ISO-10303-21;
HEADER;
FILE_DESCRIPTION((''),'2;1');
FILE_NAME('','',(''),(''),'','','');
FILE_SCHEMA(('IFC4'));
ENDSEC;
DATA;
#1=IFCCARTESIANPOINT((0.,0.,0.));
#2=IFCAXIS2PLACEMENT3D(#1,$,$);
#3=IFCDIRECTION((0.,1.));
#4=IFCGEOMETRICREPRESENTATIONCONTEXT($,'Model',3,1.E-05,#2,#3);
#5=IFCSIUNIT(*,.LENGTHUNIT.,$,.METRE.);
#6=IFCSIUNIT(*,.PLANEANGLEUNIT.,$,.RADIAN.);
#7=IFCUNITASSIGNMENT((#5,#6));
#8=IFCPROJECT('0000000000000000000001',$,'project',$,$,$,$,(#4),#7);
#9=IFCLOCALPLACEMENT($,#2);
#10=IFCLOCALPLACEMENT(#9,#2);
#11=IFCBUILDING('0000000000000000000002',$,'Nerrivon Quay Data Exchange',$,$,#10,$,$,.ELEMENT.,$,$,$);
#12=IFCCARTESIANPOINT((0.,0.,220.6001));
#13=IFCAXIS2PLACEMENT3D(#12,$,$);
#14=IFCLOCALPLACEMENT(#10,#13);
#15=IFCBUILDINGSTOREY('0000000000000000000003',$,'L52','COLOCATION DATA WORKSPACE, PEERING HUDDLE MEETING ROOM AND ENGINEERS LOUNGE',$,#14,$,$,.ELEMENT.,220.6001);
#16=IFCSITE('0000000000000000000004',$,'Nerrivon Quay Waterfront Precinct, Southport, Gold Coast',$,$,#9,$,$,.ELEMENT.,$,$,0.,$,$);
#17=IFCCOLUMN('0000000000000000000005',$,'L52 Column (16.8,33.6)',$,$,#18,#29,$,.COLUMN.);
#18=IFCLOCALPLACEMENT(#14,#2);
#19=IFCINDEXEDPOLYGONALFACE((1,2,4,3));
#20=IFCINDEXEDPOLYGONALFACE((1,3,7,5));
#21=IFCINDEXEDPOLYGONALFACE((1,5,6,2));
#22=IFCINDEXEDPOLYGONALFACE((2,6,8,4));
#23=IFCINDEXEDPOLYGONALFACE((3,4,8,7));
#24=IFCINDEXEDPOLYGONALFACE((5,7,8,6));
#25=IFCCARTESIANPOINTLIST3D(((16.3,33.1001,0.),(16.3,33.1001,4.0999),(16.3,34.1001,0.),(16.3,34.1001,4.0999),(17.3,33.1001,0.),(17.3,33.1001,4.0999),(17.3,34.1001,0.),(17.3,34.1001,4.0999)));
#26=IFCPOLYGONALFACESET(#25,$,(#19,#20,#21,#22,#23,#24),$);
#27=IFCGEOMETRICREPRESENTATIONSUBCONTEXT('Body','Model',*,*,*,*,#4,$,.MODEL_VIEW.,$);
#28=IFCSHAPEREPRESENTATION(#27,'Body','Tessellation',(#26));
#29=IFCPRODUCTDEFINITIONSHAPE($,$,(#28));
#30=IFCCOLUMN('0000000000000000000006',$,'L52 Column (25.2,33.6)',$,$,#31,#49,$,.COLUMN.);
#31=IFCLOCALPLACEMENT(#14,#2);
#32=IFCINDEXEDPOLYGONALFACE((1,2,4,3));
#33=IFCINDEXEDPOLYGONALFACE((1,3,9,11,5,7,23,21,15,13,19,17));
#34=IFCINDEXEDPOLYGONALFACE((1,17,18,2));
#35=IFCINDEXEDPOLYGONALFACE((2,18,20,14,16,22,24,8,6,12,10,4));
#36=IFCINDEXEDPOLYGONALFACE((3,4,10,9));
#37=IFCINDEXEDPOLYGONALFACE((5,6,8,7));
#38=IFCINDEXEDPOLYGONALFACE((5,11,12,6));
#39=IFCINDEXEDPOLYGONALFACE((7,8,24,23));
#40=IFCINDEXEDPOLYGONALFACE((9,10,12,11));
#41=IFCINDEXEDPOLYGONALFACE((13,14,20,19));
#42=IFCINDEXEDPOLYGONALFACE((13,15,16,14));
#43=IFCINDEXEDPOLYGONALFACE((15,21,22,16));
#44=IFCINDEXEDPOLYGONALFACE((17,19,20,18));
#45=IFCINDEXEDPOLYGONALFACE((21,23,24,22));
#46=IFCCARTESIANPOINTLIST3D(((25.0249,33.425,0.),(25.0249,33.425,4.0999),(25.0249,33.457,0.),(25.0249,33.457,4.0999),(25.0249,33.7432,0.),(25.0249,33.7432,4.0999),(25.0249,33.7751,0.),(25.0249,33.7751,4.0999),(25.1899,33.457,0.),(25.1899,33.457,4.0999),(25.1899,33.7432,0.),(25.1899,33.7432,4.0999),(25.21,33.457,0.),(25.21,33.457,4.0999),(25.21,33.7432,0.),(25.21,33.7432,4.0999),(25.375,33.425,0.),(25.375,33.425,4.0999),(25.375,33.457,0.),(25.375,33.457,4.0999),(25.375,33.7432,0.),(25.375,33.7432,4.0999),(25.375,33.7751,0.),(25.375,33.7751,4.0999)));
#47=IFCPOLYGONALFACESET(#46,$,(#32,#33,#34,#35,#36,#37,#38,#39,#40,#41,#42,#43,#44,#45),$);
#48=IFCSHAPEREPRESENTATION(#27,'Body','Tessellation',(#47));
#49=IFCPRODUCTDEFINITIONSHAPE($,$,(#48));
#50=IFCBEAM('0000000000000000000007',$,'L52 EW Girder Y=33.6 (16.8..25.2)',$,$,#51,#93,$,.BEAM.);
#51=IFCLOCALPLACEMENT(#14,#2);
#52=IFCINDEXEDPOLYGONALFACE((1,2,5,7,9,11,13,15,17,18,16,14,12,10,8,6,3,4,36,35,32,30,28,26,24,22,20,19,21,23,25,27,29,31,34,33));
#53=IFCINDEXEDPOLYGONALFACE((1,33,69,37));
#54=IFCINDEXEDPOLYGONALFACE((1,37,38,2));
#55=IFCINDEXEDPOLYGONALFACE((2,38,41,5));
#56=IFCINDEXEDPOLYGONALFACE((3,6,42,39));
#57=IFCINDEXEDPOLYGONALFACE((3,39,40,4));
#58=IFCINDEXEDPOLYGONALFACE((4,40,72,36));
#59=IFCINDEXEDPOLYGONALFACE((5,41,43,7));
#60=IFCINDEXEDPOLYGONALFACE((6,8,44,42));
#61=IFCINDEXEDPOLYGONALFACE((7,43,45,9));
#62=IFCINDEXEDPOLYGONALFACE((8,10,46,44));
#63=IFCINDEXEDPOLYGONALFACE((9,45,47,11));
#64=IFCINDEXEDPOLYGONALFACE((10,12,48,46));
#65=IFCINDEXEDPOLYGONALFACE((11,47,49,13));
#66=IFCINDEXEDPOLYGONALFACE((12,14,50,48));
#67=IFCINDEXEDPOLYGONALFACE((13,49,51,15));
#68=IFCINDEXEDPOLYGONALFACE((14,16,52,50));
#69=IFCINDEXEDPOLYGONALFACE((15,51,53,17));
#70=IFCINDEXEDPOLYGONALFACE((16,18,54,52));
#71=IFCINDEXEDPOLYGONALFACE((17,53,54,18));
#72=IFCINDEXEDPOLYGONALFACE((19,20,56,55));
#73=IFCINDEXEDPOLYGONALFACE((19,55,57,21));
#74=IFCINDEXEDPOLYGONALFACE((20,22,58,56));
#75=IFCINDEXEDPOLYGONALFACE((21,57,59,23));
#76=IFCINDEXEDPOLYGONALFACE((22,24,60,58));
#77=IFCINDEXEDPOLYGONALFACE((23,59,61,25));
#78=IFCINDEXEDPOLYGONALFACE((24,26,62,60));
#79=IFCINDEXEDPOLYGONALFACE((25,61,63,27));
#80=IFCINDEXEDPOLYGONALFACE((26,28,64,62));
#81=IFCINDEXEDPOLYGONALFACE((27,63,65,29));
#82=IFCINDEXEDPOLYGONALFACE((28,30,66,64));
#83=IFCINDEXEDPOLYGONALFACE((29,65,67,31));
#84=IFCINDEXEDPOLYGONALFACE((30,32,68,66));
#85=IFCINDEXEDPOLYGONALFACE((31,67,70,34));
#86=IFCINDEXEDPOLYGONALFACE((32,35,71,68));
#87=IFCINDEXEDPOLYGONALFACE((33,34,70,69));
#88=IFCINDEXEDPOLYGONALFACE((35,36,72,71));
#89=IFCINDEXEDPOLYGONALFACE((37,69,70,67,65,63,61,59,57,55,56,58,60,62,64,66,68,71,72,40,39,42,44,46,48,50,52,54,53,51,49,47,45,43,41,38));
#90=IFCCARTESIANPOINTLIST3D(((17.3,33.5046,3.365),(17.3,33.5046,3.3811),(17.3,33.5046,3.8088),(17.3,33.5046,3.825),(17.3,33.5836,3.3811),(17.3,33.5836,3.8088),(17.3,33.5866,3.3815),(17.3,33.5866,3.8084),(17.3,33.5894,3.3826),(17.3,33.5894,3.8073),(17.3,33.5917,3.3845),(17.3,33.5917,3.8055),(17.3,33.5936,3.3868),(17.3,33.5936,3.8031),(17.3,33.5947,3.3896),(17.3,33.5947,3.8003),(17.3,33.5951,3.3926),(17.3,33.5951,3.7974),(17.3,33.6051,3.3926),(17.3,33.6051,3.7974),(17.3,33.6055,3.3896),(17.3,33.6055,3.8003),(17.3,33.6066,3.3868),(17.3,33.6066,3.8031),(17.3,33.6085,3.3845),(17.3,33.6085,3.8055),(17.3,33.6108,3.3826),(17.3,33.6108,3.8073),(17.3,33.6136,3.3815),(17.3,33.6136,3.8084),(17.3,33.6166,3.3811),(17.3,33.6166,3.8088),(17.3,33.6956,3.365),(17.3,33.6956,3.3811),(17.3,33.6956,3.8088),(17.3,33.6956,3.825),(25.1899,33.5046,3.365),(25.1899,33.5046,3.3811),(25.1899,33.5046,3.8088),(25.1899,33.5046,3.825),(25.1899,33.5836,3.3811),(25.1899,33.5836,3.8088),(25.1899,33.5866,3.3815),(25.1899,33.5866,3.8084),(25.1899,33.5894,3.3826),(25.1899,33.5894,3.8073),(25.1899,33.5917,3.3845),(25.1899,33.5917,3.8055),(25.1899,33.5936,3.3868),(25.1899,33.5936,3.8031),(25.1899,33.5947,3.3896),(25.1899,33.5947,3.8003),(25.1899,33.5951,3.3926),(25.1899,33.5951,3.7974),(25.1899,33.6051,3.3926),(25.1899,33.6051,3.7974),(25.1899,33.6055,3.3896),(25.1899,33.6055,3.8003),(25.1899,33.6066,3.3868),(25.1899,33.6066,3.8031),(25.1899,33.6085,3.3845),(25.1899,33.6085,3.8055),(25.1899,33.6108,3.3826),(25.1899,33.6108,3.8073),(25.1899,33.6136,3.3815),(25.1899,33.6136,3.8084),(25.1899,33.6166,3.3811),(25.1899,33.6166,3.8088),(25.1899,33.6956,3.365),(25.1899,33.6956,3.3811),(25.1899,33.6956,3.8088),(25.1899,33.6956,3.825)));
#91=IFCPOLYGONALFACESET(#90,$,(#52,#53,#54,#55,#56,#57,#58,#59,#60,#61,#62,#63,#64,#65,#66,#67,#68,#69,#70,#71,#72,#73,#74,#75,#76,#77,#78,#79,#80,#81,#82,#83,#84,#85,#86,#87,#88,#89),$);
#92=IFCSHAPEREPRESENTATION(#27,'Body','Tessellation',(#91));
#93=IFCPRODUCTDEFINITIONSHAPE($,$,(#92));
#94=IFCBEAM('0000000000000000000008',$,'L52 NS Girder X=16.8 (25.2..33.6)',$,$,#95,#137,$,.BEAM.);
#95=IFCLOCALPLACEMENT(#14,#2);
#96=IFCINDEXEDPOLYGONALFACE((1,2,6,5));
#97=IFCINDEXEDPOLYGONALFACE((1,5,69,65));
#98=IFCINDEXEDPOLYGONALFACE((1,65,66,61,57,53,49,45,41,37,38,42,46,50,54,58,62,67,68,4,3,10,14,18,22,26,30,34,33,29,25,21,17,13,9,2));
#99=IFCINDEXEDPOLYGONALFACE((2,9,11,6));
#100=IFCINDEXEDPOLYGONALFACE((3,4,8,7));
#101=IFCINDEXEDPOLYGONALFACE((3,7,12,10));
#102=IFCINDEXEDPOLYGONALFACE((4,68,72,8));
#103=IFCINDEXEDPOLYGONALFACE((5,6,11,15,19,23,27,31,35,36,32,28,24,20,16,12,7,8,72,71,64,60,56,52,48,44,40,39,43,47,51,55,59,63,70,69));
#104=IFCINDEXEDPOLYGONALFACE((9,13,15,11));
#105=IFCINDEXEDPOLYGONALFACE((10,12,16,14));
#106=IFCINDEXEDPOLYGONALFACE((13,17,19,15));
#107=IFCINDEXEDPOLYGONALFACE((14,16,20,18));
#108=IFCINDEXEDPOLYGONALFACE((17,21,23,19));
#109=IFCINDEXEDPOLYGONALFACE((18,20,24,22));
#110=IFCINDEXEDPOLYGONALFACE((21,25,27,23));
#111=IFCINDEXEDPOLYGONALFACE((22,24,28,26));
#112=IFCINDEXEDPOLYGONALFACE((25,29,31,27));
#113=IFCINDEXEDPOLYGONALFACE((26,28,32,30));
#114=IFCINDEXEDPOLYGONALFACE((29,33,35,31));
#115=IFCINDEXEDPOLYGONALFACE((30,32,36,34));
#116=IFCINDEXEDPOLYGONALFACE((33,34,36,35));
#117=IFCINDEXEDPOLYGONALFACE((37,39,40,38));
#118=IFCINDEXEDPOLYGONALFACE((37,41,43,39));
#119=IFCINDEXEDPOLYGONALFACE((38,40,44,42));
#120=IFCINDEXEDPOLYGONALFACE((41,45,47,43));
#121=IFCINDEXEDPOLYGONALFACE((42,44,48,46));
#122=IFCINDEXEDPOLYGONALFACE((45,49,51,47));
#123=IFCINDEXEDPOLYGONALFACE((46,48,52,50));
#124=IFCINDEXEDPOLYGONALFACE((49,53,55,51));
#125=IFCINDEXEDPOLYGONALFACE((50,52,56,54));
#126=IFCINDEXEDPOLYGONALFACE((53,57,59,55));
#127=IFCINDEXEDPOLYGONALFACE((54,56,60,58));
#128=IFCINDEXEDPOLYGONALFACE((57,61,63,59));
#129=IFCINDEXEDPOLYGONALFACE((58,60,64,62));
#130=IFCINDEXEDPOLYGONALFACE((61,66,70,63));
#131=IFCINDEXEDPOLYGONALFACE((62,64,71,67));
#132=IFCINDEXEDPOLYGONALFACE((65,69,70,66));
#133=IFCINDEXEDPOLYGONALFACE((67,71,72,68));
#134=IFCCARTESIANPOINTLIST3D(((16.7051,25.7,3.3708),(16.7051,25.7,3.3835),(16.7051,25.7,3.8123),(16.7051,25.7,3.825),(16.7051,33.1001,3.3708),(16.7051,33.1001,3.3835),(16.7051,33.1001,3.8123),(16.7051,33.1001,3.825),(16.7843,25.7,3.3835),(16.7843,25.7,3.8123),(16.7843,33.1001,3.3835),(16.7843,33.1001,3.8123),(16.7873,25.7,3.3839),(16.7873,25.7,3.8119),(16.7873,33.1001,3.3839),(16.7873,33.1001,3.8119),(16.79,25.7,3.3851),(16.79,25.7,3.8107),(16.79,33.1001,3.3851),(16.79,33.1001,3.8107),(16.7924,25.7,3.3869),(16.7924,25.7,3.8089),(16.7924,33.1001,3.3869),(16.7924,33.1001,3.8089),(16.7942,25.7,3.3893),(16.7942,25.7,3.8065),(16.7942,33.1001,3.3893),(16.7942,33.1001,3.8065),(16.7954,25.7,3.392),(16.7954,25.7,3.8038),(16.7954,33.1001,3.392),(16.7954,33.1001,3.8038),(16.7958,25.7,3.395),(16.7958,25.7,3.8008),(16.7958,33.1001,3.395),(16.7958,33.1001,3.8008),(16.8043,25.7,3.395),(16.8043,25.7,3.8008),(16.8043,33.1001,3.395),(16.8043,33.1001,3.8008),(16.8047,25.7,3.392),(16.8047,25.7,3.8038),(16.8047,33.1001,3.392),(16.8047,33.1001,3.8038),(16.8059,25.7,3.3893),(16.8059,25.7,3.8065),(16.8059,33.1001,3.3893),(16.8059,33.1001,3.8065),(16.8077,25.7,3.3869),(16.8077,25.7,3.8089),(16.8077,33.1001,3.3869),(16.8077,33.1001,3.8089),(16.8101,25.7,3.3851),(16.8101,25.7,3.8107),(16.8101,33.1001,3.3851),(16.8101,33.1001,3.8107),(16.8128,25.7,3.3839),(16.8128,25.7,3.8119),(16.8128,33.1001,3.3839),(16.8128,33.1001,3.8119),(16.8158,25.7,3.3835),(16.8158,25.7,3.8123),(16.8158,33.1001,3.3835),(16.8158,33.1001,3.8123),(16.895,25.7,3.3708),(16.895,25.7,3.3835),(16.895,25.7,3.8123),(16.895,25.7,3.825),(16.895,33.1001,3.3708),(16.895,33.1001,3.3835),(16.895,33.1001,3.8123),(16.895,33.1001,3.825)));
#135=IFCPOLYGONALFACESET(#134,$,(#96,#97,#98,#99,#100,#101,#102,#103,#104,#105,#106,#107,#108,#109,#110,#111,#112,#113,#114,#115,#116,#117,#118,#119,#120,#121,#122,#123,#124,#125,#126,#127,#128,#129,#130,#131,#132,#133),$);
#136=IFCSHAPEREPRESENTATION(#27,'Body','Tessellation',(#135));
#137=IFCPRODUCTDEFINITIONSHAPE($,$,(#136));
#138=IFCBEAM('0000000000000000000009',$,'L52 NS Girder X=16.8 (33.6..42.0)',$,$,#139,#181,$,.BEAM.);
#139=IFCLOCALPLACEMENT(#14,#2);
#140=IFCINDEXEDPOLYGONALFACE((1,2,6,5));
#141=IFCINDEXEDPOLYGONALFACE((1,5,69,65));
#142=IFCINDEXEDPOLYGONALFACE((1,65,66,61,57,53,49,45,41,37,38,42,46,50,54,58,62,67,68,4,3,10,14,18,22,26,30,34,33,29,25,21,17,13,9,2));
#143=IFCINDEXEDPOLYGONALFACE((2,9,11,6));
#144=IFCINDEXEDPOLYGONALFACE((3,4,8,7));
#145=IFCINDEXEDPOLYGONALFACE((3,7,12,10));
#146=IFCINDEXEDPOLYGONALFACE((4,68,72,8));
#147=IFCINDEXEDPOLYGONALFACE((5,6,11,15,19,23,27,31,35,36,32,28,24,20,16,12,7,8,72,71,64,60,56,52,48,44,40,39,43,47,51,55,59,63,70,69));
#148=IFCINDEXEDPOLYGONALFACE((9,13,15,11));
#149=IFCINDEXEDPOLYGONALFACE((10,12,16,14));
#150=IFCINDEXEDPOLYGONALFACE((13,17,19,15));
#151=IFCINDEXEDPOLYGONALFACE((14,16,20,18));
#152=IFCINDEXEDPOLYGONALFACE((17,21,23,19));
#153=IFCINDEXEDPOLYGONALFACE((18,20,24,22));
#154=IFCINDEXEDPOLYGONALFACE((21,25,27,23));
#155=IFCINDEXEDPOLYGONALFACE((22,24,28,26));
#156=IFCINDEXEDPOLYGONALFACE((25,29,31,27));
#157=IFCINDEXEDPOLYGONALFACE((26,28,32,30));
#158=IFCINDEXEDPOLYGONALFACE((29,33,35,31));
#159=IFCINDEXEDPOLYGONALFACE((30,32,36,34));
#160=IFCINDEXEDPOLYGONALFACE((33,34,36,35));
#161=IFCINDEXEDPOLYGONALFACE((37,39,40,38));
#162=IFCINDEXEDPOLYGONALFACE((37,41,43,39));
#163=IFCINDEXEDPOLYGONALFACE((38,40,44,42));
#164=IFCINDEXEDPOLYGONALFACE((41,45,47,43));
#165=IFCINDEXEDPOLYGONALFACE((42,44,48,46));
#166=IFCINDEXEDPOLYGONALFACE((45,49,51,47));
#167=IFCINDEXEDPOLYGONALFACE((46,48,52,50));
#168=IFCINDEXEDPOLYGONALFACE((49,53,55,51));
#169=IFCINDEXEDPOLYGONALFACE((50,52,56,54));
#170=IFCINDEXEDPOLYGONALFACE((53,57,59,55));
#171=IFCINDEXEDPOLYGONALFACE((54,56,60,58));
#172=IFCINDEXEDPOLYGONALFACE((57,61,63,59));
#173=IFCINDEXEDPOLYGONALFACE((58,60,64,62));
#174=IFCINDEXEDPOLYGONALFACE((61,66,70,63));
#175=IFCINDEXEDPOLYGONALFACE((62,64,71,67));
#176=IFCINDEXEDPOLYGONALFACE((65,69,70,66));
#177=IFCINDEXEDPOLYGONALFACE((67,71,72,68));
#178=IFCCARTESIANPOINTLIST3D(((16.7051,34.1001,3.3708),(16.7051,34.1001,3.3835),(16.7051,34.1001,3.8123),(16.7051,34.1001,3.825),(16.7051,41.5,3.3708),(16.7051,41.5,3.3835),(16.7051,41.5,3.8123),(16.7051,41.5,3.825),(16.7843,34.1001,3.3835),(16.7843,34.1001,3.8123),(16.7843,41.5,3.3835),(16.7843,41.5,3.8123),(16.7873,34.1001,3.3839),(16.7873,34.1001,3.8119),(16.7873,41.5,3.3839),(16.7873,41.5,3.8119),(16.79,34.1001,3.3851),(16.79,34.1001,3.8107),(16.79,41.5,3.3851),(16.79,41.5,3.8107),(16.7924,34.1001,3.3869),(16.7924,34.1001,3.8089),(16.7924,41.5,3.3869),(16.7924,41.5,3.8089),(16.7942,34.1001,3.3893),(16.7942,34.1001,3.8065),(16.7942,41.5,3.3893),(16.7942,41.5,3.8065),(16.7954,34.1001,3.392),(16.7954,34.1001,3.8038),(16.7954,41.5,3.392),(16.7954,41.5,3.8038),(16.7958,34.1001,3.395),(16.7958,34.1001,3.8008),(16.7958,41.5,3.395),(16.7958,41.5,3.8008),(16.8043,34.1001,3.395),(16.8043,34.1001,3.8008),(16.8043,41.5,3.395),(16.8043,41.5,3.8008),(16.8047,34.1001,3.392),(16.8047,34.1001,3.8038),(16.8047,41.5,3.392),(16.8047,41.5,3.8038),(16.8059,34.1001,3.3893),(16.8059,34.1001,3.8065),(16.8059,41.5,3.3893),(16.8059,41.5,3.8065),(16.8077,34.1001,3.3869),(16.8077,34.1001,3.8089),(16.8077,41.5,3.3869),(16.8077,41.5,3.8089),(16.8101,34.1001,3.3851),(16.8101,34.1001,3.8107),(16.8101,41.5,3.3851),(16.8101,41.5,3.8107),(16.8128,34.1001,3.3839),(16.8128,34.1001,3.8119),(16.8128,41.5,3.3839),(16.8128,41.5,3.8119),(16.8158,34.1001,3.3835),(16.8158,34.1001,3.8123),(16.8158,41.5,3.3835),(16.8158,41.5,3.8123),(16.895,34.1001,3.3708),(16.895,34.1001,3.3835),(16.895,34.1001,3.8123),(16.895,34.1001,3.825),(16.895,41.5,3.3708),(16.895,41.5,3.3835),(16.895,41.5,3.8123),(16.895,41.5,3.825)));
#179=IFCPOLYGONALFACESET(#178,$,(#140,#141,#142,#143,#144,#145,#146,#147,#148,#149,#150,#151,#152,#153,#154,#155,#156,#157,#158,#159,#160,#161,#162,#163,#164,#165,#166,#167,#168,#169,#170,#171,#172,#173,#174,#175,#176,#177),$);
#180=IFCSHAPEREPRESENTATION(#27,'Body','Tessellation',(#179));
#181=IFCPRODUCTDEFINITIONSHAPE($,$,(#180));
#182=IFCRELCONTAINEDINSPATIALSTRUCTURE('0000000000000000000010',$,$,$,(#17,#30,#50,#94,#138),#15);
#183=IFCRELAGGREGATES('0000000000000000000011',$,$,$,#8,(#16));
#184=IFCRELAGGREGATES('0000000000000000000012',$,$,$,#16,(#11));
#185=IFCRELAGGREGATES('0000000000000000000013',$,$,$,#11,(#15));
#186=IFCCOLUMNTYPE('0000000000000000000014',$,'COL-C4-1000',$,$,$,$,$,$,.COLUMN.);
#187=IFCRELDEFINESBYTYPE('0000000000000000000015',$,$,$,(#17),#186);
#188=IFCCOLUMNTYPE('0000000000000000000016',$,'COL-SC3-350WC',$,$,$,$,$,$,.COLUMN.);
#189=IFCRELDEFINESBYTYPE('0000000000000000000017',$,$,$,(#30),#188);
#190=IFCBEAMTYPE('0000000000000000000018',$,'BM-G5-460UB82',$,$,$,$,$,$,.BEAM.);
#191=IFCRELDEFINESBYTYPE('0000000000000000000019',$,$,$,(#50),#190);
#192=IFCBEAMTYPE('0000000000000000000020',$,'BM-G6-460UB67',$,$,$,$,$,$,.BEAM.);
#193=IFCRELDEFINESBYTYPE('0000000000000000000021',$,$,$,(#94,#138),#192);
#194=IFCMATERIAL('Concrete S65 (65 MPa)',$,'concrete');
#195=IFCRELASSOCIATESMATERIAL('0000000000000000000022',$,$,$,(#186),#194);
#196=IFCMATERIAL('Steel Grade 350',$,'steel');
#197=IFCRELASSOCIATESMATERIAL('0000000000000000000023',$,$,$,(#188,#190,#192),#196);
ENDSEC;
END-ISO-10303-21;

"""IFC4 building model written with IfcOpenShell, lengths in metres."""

from ifc_helpers import new_model, si_unit, direction, frame, origin, origin_2d, place, context, subcontext, project, spatial, rectangle, i_section, extrude, material, material_profile, profile_set, type_object, element, save


model = new_model("IFC4")

# Units and contexts
model_context = context("Model", 3, precision=1e-05, world=origin(), true_north=direction((0.0, 1.0)))
body_context = subcontext(model_context, "Body", "Model", "MODEL_VIEW")
ifc_project = project(units=[si_unit("LENGTHUNIT", "METRE"), si_unit("PLANEANGLEUNIT", "RADIAN")], contexts=[model_context])

# Site, building, storey
site_placement = place(None, origin())
site = spatial("IfcSite", under=ifc_project, at=site_placement, Name="Nerrivon Quay Waterfront Precinct, Southport, Gold Coast", CompositionType="ELEMENT", RefElevation=0.0)
building_placement = place(site_placement, origin())
building = spatial("IfcBuilding", under=site, at=building_placement, Name="Nerrivon Quay Data Exchange", CompositionType="ELEMENT")
storey_placement = place(building_placement, frame((0.0, 0.0, 220.6001)))
storey = spatial("IfcBuildingStorey", under=building, at=storey_placement, Name="L52", Description="COLOCATION DATA WORKSPACE, PEERING HUDDLE MEETING ROOM AND ENGINEERS LOUNGE", CompositionType="ELEMENT", Elevation=220.6001)

# Columns
ifc_material_1 = material(Name="Concrete S65 (65 MPa)", Category="concrete")
ifc_material_profile_1 = material_profile(ifc_material_1, rectangle(XDim=1.0, YDim=1.0, at=origin_2d()), Name="RC-COL-1000x1000")
ifc_profile_set_1 = profile_set([ifc_material_profile_1], Name="Concrete S65 (65 MPa)")
column_type_1 = type_object("IfcColumnType", Name="COL-C4-1000", PredefinedType="COLUMN", material=ifc_profile_set_1)
column_1_placement = place(storey_placement, frame((16.8, 33.6001, 0.0), z_axis=(0.0, 0.0, 1.0), x_axis=(1.0, 0.0, 0.0)))
element("IfcColumn", 1, at=column_1_placement, inside=storey, type_object=column_type_1, Name="L52 Column (16.8,33.6)", PredefinedType="COLUMN", context=body_context, shape_type="SweptSolid", body=[
    extrude(rectangle(XDim=1.0, YDim=1.0, at=origin_2d()), origin(), (0.0, 0.0, 1.0), 4.0999),
])
ifc_material_2 = material(Name="Steel Grade 350", Category="steel")
ifc_material_profile_2 = material_profile(ifc_material_2, i_section(OverallWidth=0.3501, OverallDepth=0.3501, WebThickness=0.02, FlangeThickness=0.032, at=origin_2d()), Name="350WC230")
ifc_profile_set_2 = profile_set([ifc_material_profile_2], Name="Steel Grade 350")
column_type_2 = type_object("IfcColumnType", Name="COL-SC3-350WC", PredefinedType="COLUMN", material=ifc_profile_set_2)
column_2_placement = place(storey_placement, frame((25.2, 33.6001, 0.0), z_axis=(0.0, 0.0, 1.0), x_axis=(1.0, 0.0, 0.0)))
element("IfcColumn", 2, at=column_2_placement, inside=storey, type_object=column_type_2, Name="L52 Column (25.2,33.6)", PredefinedType="COLUMN", context=body_context, shape_type="SweptSolid", body=[
    extrude(i_section(OverallWidth=0.3501, OverallDepth=0.3501, WebThickness=0.02, FlangeThickness=0.032, at=origin_2d()), origin(), (0.0, 0.0, 1.0), 4.0999),
])

# Beams
ifc_material_profile_3 = material_profile(ifc_material_2, i_section(OverallWidth=0.1909, OverallDepth=0.46, WebThickness=0.01, FlangeThickness=0.0161, FilletRadius=0.0115, at=origin_2d()), Name="460UB82.1")
ifc_profile_set_3 = profile_set([ifc_material_profile_3], Name="Steel Grade 350")
beam_type_1 = type_object("IfcBeamType", Name="BM-G5-460UB82", PredefinedType="BEAM", material=ifc_profile_set_3)
beam_1_placement = place(storey_placement, frame((17.3, 33.6001, 3.595), z_axis=(1.0, 0.0, 0.0), x_axis=(0.0, 1.0, 0.0)))
element("IfcBeam", 3, at=beam_1_placement, inside=storey, type_object=beam_type_1, Name="L52 EW Girder Y=33.6 (16.8..25.2)", PredefinedType="BEAM", context=body_context, shape_type="SweptSolid", body=[
    extrude(i_section(OverallWidth=0.1909, OverallDepth=0.46, WebThickness=0.01, FlangeThickness=0.0161, FilletRadius=0.0115, at=origin_2d()), origin(), (0.0, 0.0, 1.0), 7.8899),
])
ifc_material_profile_4 = material_profile(ifc_material_2, i_section(OverallWidth=0.1899, OverallDepth=0.4541, WebThickness=0.0085, FlangeThickness=0.0127, FilletRadius=0.0115, at=origin_2d()), Name="460UB67.1")
ifc_profile_set_4 = profile_set([ifc_material_profile_4], Name="Steel Grade 350")
beam_type_2 = type_object("IfcBeamType", Name="BM-G6-460UB67", PredefinedType="BEAM", material=ifc_profile_set_4)
beam_2_placement = place(storey_placement, frame((16.8, 25.7, 3.5979), z_axis=(0.0, 1.0, 0.0), x_axis=(-1.0, 0.0, 0.0)))
element("IfcBeam", 4, at=beam_2_placement, inside=storey, type_object=beam_type_2, Name="L52 NS Girder X=16.8 (25.2..33.6)", PredefinedType="BEAM", context=body_context, shape_type="SweptSolid", body=[
    extrude(i_section(OverallWidth=0.1899, OverallDepth=0.4541, WebThickness=0.0085, FlangeThickness=0.0127, FilletRadius=0.0115, at=origin_2d()), origin(), (0.0, 0.0, 1.0), 7.4001),
])
beam_3_placement = place(storey_placement, frame((16.8, 34.1001, 3.5979), z_axis=(0.0, 1.0, 0.0), x_axis=(-1.0, 0.0, 0.0)))
element("IfcBeam", 5, at=beam_3_placement, inside=storey, type_object=beam_type_2, Name="L52 NS Girder X=16.8 (33.6..42.0)", PredefinedType="BEAM", context=body_context, shape_type="SweptSolid", body=[
    extrude(i_section(OverallWidth=0.1899, OverallDepth=0.4541, WebThickness=0.0085, FlangeThickness=0.0127, FilletRadius=0.0115, at=origin_2d()), origin(), (0.0, 0.0, 1.0), 7.3999),
])

save(model, "model.ifc")
